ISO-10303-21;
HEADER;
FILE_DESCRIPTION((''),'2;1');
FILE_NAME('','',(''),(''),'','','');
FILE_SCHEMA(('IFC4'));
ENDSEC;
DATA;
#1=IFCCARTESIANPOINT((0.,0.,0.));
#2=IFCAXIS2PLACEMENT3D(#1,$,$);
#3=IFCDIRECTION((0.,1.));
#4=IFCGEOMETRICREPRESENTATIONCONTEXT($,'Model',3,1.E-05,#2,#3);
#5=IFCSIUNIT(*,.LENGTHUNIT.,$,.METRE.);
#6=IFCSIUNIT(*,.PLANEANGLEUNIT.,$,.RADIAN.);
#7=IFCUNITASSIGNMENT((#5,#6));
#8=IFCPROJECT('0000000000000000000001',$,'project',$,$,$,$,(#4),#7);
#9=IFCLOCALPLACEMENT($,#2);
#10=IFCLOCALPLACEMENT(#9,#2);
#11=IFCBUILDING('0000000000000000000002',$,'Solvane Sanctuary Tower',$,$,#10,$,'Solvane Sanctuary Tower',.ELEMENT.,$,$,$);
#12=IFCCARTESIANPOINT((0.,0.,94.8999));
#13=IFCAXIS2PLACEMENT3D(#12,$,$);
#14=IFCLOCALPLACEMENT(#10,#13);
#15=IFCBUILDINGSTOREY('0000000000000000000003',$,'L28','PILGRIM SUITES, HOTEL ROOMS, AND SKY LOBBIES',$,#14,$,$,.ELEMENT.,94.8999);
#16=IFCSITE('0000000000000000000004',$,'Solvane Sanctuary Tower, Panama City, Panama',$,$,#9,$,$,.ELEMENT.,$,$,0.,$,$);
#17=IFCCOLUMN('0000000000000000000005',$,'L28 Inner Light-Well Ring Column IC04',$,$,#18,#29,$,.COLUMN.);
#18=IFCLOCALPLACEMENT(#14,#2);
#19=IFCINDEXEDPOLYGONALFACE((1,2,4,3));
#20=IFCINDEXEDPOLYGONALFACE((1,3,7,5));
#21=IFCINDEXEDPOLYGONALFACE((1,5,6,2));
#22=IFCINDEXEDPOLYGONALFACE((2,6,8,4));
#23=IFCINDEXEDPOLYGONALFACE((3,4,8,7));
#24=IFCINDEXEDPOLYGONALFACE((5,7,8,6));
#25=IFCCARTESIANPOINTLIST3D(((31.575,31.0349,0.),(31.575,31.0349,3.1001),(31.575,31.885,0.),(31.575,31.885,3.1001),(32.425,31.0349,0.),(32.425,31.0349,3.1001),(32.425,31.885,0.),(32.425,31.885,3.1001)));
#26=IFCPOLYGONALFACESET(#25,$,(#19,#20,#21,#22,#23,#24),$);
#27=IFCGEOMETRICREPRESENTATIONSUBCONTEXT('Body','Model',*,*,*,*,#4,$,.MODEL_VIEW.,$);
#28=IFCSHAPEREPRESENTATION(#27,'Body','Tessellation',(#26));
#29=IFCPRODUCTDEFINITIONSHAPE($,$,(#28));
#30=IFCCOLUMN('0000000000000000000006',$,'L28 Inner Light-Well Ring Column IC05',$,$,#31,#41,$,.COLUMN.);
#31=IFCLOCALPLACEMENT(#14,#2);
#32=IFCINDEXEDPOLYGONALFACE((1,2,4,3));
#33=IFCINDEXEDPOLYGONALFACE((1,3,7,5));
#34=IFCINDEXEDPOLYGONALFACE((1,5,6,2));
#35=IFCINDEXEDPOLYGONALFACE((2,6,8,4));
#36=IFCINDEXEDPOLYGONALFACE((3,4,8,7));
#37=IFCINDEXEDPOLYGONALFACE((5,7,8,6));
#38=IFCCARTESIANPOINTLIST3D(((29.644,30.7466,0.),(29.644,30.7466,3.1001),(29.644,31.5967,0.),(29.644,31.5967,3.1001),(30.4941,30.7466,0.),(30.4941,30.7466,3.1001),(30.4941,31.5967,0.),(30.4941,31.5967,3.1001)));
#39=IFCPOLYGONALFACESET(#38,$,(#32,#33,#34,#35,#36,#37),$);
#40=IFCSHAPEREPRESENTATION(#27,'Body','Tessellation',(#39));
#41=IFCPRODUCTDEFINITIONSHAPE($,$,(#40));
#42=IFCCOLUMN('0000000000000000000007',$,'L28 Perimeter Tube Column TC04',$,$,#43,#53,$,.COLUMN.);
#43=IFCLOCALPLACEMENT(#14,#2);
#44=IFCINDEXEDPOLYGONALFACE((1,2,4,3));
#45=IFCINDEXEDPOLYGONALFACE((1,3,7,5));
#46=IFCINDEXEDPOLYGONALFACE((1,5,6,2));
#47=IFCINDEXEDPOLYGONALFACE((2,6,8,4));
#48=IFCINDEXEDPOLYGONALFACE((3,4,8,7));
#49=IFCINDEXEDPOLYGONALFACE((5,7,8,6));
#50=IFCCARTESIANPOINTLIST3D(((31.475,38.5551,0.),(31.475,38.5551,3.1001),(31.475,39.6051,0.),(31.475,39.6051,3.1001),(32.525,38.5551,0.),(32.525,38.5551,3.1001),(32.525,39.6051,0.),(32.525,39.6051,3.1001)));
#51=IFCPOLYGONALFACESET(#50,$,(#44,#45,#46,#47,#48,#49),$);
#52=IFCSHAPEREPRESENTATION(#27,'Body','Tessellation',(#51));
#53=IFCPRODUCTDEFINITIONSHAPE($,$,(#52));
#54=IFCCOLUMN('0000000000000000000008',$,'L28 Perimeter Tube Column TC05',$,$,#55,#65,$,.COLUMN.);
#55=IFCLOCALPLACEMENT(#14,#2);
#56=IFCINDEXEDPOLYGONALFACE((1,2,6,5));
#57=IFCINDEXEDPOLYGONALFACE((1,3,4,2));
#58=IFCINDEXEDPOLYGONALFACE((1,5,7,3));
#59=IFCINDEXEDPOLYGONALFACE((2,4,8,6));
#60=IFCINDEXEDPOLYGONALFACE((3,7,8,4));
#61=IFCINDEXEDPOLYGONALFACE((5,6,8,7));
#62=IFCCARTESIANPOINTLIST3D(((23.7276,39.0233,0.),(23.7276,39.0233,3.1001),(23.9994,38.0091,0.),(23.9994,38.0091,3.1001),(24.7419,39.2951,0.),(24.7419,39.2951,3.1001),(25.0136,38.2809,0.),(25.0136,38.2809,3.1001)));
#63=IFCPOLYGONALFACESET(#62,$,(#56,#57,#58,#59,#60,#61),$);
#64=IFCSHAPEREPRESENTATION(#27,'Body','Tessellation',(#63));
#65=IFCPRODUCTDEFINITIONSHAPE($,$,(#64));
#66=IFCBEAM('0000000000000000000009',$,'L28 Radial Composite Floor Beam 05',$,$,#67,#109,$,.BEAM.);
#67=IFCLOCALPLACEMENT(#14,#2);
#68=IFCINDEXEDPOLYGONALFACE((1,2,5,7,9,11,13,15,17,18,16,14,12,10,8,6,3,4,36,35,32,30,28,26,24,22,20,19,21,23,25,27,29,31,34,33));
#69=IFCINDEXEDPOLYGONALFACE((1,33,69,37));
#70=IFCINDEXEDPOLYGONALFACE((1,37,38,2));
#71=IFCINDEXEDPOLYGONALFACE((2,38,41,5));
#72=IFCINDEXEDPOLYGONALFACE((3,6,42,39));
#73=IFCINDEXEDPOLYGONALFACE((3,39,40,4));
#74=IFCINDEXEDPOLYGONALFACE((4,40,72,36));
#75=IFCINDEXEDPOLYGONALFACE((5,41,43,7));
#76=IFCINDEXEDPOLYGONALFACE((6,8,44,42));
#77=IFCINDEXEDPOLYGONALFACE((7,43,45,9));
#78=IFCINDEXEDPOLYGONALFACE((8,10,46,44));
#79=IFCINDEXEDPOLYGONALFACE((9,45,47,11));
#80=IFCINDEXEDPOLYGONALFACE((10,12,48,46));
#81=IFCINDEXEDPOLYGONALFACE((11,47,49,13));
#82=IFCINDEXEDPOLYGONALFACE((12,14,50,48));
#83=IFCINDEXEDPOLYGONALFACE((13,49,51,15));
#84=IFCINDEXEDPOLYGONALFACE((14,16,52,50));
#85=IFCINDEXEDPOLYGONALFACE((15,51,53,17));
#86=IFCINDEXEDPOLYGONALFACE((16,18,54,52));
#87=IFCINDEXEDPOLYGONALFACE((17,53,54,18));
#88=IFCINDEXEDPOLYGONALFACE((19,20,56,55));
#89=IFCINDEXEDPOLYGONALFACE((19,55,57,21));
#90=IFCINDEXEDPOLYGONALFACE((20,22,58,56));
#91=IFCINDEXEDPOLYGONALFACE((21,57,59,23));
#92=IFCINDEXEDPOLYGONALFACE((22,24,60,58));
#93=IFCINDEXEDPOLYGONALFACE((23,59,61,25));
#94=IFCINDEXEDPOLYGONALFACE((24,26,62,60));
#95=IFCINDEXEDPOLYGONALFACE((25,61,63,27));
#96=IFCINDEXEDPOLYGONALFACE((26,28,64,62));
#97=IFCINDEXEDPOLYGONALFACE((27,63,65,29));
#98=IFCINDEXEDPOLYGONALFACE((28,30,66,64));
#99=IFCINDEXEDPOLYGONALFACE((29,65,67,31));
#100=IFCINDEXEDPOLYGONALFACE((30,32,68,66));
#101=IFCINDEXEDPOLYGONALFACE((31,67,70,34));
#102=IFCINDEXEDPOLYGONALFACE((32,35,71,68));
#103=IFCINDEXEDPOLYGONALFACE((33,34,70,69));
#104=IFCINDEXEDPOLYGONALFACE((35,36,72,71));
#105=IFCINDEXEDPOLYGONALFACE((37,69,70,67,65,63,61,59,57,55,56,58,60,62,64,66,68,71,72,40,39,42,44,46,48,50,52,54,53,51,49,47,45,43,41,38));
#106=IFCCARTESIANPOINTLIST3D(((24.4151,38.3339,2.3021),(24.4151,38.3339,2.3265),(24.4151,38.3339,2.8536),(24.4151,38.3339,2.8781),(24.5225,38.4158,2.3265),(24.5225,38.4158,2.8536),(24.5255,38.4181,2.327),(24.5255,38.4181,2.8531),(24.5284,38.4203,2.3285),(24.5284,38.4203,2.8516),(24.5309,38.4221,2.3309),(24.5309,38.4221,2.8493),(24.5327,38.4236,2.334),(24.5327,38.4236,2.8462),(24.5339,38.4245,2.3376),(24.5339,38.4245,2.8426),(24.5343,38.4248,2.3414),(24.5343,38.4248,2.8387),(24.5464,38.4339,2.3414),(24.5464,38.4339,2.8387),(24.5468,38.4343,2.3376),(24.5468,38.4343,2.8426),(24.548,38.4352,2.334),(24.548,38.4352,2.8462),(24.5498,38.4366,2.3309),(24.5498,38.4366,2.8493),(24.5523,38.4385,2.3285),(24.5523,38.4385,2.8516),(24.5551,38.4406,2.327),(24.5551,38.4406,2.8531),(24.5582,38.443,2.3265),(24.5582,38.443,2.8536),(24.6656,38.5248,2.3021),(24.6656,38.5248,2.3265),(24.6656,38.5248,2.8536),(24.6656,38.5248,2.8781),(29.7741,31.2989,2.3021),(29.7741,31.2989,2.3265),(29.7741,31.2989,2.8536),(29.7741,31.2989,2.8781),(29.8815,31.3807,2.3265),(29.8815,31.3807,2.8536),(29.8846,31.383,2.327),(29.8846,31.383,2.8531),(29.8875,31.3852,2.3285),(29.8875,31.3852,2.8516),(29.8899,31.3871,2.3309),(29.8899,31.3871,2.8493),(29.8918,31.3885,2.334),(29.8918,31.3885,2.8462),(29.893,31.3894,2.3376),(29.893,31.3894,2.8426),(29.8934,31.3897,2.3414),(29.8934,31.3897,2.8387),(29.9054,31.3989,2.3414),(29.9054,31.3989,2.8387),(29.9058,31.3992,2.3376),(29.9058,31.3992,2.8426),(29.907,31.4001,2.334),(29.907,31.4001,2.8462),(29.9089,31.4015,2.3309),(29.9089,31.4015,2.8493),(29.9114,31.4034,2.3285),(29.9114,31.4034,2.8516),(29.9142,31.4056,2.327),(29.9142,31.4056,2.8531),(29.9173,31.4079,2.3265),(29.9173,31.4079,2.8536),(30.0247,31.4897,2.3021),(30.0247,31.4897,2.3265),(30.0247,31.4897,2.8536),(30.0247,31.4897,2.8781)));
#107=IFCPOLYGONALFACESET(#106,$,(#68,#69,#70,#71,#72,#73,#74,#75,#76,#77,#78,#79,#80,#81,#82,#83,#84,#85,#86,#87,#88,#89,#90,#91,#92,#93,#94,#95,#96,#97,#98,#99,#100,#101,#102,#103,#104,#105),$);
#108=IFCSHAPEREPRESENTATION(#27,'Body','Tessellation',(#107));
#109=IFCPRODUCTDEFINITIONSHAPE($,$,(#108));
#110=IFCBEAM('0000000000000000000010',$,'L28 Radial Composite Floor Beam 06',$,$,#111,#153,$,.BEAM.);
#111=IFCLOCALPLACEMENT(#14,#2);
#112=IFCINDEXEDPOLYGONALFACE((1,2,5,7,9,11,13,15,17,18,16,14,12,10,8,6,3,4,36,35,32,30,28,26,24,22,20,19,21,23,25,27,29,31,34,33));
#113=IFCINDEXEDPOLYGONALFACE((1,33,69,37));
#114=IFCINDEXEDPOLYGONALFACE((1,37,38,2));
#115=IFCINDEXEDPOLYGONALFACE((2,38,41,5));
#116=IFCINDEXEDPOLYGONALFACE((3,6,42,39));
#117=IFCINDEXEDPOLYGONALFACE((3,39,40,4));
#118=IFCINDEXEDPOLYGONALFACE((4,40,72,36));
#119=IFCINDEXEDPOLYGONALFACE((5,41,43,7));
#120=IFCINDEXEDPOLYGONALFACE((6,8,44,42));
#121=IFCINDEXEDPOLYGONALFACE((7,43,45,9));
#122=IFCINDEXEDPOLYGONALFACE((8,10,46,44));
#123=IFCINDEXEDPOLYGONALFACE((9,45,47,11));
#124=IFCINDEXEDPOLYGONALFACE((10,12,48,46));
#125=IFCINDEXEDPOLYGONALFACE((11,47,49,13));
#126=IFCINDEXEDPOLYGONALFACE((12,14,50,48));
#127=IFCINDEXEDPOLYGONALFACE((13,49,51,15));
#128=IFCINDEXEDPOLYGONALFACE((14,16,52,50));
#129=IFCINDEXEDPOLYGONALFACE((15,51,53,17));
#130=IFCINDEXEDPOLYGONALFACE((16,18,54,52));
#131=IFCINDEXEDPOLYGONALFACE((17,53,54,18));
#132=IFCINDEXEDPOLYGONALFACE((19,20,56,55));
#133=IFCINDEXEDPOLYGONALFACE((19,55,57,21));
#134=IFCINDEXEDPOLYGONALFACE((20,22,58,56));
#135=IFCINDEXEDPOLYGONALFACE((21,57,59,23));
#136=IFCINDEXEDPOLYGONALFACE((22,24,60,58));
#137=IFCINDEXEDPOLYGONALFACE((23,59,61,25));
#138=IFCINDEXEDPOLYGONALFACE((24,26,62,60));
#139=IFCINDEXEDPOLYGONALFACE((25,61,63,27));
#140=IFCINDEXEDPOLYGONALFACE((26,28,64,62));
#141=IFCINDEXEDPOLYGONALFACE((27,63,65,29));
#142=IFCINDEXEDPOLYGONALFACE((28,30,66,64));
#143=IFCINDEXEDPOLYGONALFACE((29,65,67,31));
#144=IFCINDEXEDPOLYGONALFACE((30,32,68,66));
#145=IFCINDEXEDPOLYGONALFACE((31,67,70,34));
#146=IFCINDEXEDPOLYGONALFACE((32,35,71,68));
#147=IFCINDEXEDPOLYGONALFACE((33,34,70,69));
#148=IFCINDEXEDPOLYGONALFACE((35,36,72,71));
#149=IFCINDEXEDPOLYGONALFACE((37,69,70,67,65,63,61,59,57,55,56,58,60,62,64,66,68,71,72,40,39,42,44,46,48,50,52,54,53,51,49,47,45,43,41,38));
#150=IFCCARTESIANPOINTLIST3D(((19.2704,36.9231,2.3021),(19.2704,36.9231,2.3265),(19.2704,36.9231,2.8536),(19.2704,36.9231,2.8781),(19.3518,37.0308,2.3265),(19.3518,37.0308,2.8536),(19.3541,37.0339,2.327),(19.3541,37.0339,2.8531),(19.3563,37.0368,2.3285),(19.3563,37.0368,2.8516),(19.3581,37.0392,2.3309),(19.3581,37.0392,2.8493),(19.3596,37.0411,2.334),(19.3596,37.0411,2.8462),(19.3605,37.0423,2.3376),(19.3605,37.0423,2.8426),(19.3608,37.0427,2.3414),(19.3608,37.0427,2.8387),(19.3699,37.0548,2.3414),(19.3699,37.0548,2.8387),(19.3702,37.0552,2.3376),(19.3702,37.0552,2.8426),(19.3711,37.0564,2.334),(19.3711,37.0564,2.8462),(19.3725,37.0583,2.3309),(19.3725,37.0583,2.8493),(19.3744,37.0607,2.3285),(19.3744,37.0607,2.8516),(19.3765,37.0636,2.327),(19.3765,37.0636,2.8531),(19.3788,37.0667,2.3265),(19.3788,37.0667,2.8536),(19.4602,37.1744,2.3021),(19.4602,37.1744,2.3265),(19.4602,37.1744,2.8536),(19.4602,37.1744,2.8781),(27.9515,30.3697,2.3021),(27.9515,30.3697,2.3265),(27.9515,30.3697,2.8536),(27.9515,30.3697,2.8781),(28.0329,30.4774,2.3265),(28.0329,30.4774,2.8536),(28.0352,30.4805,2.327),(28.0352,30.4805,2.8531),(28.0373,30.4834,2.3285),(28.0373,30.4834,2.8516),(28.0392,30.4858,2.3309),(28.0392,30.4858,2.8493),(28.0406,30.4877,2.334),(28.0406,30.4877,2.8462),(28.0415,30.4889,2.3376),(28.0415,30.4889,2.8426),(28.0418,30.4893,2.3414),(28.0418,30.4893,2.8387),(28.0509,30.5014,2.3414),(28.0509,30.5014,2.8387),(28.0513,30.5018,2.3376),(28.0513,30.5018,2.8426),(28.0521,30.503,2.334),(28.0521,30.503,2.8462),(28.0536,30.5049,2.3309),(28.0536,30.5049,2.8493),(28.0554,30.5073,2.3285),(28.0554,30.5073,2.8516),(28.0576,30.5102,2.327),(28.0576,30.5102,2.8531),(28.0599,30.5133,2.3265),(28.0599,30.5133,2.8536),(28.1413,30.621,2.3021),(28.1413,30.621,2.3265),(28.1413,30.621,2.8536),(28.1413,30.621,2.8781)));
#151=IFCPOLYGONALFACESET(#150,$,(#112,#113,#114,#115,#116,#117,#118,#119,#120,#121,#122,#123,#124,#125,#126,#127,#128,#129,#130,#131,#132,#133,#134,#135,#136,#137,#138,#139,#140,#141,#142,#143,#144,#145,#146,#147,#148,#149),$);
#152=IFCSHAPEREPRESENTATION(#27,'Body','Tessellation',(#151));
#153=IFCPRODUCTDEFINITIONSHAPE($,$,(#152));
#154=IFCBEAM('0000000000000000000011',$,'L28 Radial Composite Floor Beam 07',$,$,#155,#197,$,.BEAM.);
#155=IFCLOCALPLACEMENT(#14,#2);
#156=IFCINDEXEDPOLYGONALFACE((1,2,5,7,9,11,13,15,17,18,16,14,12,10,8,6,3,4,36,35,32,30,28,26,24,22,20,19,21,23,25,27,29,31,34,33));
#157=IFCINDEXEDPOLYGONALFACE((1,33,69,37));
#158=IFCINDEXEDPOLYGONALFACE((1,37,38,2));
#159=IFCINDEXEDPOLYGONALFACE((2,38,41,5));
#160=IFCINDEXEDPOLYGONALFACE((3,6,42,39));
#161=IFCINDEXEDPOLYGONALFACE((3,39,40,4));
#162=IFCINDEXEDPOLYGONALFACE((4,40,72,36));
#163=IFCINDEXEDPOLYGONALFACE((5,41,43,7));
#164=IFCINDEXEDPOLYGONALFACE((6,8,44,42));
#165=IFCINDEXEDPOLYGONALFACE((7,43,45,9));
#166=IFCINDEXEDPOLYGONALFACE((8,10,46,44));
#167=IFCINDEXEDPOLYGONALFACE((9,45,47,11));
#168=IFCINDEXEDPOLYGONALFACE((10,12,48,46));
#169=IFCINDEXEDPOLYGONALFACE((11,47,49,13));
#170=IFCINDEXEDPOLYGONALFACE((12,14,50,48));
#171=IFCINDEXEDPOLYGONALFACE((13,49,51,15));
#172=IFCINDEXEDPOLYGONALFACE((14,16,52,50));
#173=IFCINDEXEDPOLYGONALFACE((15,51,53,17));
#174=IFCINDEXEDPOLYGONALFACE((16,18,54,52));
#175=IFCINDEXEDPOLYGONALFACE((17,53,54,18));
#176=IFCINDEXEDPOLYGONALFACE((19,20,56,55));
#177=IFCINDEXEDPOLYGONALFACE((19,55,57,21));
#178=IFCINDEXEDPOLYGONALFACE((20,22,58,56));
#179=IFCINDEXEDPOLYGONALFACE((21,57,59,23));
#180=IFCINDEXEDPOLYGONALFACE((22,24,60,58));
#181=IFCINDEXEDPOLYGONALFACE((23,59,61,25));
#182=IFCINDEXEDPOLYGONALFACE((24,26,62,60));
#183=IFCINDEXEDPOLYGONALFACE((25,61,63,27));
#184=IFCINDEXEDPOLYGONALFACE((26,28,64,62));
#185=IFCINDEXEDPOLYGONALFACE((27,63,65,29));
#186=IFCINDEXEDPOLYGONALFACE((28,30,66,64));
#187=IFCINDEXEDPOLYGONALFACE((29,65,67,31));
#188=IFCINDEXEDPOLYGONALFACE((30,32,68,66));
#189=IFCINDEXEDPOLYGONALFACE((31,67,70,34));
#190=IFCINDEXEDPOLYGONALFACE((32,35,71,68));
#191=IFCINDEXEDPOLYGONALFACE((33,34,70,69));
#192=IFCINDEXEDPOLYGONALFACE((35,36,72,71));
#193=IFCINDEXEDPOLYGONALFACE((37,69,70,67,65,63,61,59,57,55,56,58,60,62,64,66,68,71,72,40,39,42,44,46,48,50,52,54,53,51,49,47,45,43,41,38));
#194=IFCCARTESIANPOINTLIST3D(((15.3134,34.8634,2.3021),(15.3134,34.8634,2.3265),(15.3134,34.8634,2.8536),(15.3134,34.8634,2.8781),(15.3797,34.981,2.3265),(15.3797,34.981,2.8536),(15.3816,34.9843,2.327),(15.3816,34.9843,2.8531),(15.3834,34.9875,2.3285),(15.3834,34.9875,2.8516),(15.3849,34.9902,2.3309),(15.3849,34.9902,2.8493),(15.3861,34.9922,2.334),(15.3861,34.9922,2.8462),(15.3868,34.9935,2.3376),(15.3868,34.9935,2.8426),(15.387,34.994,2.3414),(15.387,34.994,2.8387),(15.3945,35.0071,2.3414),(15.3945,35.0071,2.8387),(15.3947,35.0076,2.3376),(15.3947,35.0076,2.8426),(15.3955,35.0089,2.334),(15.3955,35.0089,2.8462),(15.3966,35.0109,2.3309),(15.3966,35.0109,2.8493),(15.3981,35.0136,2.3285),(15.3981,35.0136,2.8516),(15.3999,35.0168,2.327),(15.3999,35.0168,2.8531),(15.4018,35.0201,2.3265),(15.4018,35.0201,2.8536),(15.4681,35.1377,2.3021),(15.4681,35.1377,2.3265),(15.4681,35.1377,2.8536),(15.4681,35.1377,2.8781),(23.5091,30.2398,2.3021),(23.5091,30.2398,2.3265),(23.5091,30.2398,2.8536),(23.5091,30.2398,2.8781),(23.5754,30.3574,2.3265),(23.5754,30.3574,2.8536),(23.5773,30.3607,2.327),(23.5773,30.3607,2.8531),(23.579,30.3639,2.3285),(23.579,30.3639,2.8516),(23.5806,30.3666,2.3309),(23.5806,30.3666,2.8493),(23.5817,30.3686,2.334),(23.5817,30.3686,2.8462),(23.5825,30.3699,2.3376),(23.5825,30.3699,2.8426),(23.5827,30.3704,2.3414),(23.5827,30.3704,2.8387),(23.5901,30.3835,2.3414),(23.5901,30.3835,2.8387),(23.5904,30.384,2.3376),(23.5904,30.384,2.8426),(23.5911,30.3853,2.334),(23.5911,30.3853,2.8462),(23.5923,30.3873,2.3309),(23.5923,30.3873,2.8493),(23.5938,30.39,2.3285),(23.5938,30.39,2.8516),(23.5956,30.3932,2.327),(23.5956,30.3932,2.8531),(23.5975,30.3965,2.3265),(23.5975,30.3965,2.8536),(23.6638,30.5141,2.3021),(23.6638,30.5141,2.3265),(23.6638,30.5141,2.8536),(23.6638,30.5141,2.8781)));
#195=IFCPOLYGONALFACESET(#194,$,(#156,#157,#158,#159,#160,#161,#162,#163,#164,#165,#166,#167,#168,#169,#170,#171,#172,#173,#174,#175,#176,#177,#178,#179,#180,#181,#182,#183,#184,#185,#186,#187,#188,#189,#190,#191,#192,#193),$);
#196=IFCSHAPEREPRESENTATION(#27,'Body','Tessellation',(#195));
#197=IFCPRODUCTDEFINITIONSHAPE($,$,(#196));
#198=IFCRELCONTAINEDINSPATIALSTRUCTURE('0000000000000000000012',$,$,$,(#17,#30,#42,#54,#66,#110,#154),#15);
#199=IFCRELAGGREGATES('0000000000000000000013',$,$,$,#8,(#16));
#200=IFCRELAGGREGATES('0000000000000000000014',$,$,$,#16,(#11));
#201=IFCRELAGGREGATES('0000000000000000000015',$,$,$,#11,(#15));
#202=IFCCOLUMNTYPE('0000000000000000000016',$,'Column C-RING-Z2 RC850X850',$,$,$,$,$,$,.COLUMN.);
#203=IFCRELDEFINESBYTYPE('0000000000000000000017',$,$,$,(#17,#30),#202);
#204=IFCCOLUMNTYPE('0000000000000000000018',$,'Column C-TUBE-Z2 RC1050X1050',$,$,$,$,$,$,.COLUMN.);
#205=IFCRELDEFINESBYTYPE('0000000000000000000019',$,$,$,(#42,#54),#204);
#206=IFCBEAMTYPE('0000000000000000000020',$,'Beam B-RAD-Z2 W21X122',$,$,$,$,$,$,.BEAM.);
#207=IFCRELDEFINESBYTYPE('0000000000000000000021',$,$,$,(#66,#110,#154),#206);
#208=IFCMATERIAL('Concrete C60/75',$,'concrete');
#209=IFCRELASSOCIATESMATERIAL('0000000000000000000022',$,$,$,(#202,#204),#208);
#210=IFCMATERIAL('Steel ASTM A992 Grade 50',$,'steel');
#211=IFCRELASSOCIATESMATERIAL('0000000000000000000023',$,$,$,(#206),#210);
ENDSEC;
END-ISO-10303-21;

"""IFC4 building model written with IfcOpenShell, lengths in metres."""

from ifc_helpers import new_model, si_unit, direction, frame, origin, origin_2d, place, context, subcontext, project, spatial, rectangle, i_section, extrude, material, material_profile, profile_set, type_object, element, save


model = new_model("IFC4")

# Units and contexts
model_context = context("Model", 3, precision=1e-05, world=origin(), true_north=direction((0.0, 1.0)))
body_context = subcontext(model_context, "Body", "Model", "MODEL_VIEW")
ifc_project = project(units=[si_unit("LENGTHUNIT", "METRE"), si_unit("PLANEANGLEUNIT", "RADIAN")], contexts=[model_context])

# Site, building, storey
site_placement = place(None, origin())
site = spatial("IfcSite", under=ifc_project, at=site_placement, Name="Solvane Sanctuary Tower, Panama City, Panama", CompositionType="ELEMENT", RefElevation=0.0)
building_placement = place(site_placement, origin())
building = spatial("IfcBuilding", under=site, at=building_placement, Name="Solvane Sanctuary Tower", LongName="Solvane Sanctuary Tower", CompositionType="ELEMENT")
storey_placement = place(building_placement, frame((0.0, 0.0, 94.8999)))
storey = spatial("IfcBuildingStorey", under=building, at=storey_placement, Name="L28", Description="PILGRIM SUITES, HOTEL ROOMS, AND SKY LOBBIES", CompositionType="ELEMENT", Elevation=94.8999)

# Columns
ifc_material_1 = material(Name="Concrete C60/75", Category="concrete")
ifc_material_profile_1 = material_profile(ifc_material_1, rectangle(XDim=0.8501, YDim=0.8501, at=origin_2d()), Name="RC850X850")
ifc_profile_set_1 = profile_set([ifc_material_profile_1], Name="Concrete C60/75")
column_type_1 = type_object("IfcColumnType", Name="Column C-RING-Z2 RC850X850", PredefinedType="COLUMN", material=ifc_profile_set_1)
for number, where, z_axis, x_axis, name in (
    (1, (32.0, 31.46, 0.0), (0.0, 0.0, 1.0), (1.0, 0.0, 0.0), "L28 Inner Light-Well Ring Column IC04"),
    (2, (30.0691, 31.1716, 0.0), (0.0, 0.0, 1.0), (1.0, 0.0, 0.0), "L28 Inner Light-Well Ring Column IC05"),
):
    element("IfcColumn", number, at=place(storey_placement, frame(where, z_axis=z_axis, x_axis=x_axis)), inside=storey, type_object=column_type_1, Name=name, PredefinedType="COLUMN", context=body_context, shape_type="SweptSolid", body=[
        extrude(rectangle(XDim=0.8501, YDim=0.8501, at=origin_2d()), origin(), (0.0, 0.0, 1.0), 3.1001),
    ])
ifc_material_profile_2 = material_profile(ifc_material_1, rectangle(XDim=1.05, YDim=1.05, at=origin_2d()), Name="RC1050X1050")
ifc_profile_set_2 = profile_set([ifc_material_profile_2], Name="Concrete C60/75")
column_type_2 = type_object("IfcColumnType", Name="Column C-TUBE-Z2 RC1050X1050", PredefinedType="COLUMN", material=ifc_profile_set_2)
for number, where, z_axis, x_axis, name in (
    (3, (32.0, 39.0801, 0.0), (0.0, 0.0, 1.0), (0.0, 1.0, 0.0), "L28 Perimeter Tube Column TC04"),
    (4, (24.3706, 38.6521, 0.0), (0.0, 0.0, 1.0), (-0.258819, 0.965926, 0.0), "L28 Perimeter Tube Column TC05"),
):
    element("IfcColumn", number, at=place(storey_placement, frame(where, z_axis=z_axis, x_axis=x_axis)), inside=storey, type_object=column_type_2, Name=name, PredefinedType="COLUMN", context=body_context, shape_type="SweptSolid", body=[
        extrude(rectangle(XDim=1.05, YDim=1.05, at=origin_2d()), origin(), (0.0, 0.0, 1.0), 3.1001),
    ])

# Beams
ifc_material_2 = material(Name="Steel ASTM A992 Grade 50", Category="steel")
ifc_material_profile_3 = material_profile(ifc_material_2, i_section(OverallWidth=0.3149, OverallDepth=0.5759, WebThickness=0.0151, FlangeThickness=0.0244, FilletRadius=0.0149, at=origin_2d()), Name="W21X122")
ifc_profile_set_3 = profile_set([ifc_material_profile_3], Name="Steel ASTM A992 Grade 50")
beam_type_1 = type_object("IfcBeamType", Name="Beam B-RAD-Z2 W21X122", PredefinedType="BEAM", material=ifc_profile_set_3)
beam_1_placement = place(storey_placement, frame((29.8994, 31.3943, 2.5901), z_axis=(-0.605973, 0.795486, 0.0), x_axis=(-0.795486, -0.605973, 0.0)))
element("IfcBeam", 5, at=beam_1_placement, inside=storey, type_object=beam_type_1, Name="L28 Radial Composite Floor Beam 05", PredefinedType="BEAM", context=body_context, shape_type="SweptSolid", body=[
    extrude(i_section(OverallWidth=0.3149, OverallDepth=0.5759, WebThickness=0.0151, FlangeThickness=0.0244, FilletRadius=0.0149, at=origin_2d()), origin(), (0.0, 0.0, 1.0), 8.8438),
])
beam_2_placement = place(storey_placement, frame((28.0464, 30.4954, 2.5901), z_axis=(-0.798116, 0.602504, 0.0), x_axis=(-0.602504, -0.798116, 0.0)))
element("IfcBeam", 6, at=beam_2_placement, inside=storey, type_object=beam_type_1, Name="L28 Radial Composite Floor Beam 06", PredefinedType="BEAM", context=body_context, shape_type="SweptSolid", body=[
    extrude(i_section(OverallWidth=0.3149, OverallDepth=0.5759, WebThickness=0.0151, FlangeThickness=0.0244, FilletRadius=0.0149, at=origin_2d()), origin(), (0.0, 0.0, 1.0), 10.877),
])
beam_3_placement = place(storey_placement, frame((23.5864, 30.377, 2.5901), z_axis=(-0.87096, 0.491353, 0.0), x_axis=(-0.491353, -0.87096, 0.0)))
element("IfcBeam", 7, at=beam_3_placement, inside=storey, type_object=beam_type_1, Name="L28 Radial Composite Floor Beam 07", PredefinedType="BEAM", context=body_context, shape_type="SweptSolid", body=[
    extrude(i_section(OverallWidth=0.3149, OverallDepth=0.5759, WebThickness=0.0151, FlangeThickness=0.0244, FilletRadius=0.0149, at=origin_2d()), origin(), (0.0, 0.0, 1.0), 9.4099),
])

save(model, "model.ifc")
